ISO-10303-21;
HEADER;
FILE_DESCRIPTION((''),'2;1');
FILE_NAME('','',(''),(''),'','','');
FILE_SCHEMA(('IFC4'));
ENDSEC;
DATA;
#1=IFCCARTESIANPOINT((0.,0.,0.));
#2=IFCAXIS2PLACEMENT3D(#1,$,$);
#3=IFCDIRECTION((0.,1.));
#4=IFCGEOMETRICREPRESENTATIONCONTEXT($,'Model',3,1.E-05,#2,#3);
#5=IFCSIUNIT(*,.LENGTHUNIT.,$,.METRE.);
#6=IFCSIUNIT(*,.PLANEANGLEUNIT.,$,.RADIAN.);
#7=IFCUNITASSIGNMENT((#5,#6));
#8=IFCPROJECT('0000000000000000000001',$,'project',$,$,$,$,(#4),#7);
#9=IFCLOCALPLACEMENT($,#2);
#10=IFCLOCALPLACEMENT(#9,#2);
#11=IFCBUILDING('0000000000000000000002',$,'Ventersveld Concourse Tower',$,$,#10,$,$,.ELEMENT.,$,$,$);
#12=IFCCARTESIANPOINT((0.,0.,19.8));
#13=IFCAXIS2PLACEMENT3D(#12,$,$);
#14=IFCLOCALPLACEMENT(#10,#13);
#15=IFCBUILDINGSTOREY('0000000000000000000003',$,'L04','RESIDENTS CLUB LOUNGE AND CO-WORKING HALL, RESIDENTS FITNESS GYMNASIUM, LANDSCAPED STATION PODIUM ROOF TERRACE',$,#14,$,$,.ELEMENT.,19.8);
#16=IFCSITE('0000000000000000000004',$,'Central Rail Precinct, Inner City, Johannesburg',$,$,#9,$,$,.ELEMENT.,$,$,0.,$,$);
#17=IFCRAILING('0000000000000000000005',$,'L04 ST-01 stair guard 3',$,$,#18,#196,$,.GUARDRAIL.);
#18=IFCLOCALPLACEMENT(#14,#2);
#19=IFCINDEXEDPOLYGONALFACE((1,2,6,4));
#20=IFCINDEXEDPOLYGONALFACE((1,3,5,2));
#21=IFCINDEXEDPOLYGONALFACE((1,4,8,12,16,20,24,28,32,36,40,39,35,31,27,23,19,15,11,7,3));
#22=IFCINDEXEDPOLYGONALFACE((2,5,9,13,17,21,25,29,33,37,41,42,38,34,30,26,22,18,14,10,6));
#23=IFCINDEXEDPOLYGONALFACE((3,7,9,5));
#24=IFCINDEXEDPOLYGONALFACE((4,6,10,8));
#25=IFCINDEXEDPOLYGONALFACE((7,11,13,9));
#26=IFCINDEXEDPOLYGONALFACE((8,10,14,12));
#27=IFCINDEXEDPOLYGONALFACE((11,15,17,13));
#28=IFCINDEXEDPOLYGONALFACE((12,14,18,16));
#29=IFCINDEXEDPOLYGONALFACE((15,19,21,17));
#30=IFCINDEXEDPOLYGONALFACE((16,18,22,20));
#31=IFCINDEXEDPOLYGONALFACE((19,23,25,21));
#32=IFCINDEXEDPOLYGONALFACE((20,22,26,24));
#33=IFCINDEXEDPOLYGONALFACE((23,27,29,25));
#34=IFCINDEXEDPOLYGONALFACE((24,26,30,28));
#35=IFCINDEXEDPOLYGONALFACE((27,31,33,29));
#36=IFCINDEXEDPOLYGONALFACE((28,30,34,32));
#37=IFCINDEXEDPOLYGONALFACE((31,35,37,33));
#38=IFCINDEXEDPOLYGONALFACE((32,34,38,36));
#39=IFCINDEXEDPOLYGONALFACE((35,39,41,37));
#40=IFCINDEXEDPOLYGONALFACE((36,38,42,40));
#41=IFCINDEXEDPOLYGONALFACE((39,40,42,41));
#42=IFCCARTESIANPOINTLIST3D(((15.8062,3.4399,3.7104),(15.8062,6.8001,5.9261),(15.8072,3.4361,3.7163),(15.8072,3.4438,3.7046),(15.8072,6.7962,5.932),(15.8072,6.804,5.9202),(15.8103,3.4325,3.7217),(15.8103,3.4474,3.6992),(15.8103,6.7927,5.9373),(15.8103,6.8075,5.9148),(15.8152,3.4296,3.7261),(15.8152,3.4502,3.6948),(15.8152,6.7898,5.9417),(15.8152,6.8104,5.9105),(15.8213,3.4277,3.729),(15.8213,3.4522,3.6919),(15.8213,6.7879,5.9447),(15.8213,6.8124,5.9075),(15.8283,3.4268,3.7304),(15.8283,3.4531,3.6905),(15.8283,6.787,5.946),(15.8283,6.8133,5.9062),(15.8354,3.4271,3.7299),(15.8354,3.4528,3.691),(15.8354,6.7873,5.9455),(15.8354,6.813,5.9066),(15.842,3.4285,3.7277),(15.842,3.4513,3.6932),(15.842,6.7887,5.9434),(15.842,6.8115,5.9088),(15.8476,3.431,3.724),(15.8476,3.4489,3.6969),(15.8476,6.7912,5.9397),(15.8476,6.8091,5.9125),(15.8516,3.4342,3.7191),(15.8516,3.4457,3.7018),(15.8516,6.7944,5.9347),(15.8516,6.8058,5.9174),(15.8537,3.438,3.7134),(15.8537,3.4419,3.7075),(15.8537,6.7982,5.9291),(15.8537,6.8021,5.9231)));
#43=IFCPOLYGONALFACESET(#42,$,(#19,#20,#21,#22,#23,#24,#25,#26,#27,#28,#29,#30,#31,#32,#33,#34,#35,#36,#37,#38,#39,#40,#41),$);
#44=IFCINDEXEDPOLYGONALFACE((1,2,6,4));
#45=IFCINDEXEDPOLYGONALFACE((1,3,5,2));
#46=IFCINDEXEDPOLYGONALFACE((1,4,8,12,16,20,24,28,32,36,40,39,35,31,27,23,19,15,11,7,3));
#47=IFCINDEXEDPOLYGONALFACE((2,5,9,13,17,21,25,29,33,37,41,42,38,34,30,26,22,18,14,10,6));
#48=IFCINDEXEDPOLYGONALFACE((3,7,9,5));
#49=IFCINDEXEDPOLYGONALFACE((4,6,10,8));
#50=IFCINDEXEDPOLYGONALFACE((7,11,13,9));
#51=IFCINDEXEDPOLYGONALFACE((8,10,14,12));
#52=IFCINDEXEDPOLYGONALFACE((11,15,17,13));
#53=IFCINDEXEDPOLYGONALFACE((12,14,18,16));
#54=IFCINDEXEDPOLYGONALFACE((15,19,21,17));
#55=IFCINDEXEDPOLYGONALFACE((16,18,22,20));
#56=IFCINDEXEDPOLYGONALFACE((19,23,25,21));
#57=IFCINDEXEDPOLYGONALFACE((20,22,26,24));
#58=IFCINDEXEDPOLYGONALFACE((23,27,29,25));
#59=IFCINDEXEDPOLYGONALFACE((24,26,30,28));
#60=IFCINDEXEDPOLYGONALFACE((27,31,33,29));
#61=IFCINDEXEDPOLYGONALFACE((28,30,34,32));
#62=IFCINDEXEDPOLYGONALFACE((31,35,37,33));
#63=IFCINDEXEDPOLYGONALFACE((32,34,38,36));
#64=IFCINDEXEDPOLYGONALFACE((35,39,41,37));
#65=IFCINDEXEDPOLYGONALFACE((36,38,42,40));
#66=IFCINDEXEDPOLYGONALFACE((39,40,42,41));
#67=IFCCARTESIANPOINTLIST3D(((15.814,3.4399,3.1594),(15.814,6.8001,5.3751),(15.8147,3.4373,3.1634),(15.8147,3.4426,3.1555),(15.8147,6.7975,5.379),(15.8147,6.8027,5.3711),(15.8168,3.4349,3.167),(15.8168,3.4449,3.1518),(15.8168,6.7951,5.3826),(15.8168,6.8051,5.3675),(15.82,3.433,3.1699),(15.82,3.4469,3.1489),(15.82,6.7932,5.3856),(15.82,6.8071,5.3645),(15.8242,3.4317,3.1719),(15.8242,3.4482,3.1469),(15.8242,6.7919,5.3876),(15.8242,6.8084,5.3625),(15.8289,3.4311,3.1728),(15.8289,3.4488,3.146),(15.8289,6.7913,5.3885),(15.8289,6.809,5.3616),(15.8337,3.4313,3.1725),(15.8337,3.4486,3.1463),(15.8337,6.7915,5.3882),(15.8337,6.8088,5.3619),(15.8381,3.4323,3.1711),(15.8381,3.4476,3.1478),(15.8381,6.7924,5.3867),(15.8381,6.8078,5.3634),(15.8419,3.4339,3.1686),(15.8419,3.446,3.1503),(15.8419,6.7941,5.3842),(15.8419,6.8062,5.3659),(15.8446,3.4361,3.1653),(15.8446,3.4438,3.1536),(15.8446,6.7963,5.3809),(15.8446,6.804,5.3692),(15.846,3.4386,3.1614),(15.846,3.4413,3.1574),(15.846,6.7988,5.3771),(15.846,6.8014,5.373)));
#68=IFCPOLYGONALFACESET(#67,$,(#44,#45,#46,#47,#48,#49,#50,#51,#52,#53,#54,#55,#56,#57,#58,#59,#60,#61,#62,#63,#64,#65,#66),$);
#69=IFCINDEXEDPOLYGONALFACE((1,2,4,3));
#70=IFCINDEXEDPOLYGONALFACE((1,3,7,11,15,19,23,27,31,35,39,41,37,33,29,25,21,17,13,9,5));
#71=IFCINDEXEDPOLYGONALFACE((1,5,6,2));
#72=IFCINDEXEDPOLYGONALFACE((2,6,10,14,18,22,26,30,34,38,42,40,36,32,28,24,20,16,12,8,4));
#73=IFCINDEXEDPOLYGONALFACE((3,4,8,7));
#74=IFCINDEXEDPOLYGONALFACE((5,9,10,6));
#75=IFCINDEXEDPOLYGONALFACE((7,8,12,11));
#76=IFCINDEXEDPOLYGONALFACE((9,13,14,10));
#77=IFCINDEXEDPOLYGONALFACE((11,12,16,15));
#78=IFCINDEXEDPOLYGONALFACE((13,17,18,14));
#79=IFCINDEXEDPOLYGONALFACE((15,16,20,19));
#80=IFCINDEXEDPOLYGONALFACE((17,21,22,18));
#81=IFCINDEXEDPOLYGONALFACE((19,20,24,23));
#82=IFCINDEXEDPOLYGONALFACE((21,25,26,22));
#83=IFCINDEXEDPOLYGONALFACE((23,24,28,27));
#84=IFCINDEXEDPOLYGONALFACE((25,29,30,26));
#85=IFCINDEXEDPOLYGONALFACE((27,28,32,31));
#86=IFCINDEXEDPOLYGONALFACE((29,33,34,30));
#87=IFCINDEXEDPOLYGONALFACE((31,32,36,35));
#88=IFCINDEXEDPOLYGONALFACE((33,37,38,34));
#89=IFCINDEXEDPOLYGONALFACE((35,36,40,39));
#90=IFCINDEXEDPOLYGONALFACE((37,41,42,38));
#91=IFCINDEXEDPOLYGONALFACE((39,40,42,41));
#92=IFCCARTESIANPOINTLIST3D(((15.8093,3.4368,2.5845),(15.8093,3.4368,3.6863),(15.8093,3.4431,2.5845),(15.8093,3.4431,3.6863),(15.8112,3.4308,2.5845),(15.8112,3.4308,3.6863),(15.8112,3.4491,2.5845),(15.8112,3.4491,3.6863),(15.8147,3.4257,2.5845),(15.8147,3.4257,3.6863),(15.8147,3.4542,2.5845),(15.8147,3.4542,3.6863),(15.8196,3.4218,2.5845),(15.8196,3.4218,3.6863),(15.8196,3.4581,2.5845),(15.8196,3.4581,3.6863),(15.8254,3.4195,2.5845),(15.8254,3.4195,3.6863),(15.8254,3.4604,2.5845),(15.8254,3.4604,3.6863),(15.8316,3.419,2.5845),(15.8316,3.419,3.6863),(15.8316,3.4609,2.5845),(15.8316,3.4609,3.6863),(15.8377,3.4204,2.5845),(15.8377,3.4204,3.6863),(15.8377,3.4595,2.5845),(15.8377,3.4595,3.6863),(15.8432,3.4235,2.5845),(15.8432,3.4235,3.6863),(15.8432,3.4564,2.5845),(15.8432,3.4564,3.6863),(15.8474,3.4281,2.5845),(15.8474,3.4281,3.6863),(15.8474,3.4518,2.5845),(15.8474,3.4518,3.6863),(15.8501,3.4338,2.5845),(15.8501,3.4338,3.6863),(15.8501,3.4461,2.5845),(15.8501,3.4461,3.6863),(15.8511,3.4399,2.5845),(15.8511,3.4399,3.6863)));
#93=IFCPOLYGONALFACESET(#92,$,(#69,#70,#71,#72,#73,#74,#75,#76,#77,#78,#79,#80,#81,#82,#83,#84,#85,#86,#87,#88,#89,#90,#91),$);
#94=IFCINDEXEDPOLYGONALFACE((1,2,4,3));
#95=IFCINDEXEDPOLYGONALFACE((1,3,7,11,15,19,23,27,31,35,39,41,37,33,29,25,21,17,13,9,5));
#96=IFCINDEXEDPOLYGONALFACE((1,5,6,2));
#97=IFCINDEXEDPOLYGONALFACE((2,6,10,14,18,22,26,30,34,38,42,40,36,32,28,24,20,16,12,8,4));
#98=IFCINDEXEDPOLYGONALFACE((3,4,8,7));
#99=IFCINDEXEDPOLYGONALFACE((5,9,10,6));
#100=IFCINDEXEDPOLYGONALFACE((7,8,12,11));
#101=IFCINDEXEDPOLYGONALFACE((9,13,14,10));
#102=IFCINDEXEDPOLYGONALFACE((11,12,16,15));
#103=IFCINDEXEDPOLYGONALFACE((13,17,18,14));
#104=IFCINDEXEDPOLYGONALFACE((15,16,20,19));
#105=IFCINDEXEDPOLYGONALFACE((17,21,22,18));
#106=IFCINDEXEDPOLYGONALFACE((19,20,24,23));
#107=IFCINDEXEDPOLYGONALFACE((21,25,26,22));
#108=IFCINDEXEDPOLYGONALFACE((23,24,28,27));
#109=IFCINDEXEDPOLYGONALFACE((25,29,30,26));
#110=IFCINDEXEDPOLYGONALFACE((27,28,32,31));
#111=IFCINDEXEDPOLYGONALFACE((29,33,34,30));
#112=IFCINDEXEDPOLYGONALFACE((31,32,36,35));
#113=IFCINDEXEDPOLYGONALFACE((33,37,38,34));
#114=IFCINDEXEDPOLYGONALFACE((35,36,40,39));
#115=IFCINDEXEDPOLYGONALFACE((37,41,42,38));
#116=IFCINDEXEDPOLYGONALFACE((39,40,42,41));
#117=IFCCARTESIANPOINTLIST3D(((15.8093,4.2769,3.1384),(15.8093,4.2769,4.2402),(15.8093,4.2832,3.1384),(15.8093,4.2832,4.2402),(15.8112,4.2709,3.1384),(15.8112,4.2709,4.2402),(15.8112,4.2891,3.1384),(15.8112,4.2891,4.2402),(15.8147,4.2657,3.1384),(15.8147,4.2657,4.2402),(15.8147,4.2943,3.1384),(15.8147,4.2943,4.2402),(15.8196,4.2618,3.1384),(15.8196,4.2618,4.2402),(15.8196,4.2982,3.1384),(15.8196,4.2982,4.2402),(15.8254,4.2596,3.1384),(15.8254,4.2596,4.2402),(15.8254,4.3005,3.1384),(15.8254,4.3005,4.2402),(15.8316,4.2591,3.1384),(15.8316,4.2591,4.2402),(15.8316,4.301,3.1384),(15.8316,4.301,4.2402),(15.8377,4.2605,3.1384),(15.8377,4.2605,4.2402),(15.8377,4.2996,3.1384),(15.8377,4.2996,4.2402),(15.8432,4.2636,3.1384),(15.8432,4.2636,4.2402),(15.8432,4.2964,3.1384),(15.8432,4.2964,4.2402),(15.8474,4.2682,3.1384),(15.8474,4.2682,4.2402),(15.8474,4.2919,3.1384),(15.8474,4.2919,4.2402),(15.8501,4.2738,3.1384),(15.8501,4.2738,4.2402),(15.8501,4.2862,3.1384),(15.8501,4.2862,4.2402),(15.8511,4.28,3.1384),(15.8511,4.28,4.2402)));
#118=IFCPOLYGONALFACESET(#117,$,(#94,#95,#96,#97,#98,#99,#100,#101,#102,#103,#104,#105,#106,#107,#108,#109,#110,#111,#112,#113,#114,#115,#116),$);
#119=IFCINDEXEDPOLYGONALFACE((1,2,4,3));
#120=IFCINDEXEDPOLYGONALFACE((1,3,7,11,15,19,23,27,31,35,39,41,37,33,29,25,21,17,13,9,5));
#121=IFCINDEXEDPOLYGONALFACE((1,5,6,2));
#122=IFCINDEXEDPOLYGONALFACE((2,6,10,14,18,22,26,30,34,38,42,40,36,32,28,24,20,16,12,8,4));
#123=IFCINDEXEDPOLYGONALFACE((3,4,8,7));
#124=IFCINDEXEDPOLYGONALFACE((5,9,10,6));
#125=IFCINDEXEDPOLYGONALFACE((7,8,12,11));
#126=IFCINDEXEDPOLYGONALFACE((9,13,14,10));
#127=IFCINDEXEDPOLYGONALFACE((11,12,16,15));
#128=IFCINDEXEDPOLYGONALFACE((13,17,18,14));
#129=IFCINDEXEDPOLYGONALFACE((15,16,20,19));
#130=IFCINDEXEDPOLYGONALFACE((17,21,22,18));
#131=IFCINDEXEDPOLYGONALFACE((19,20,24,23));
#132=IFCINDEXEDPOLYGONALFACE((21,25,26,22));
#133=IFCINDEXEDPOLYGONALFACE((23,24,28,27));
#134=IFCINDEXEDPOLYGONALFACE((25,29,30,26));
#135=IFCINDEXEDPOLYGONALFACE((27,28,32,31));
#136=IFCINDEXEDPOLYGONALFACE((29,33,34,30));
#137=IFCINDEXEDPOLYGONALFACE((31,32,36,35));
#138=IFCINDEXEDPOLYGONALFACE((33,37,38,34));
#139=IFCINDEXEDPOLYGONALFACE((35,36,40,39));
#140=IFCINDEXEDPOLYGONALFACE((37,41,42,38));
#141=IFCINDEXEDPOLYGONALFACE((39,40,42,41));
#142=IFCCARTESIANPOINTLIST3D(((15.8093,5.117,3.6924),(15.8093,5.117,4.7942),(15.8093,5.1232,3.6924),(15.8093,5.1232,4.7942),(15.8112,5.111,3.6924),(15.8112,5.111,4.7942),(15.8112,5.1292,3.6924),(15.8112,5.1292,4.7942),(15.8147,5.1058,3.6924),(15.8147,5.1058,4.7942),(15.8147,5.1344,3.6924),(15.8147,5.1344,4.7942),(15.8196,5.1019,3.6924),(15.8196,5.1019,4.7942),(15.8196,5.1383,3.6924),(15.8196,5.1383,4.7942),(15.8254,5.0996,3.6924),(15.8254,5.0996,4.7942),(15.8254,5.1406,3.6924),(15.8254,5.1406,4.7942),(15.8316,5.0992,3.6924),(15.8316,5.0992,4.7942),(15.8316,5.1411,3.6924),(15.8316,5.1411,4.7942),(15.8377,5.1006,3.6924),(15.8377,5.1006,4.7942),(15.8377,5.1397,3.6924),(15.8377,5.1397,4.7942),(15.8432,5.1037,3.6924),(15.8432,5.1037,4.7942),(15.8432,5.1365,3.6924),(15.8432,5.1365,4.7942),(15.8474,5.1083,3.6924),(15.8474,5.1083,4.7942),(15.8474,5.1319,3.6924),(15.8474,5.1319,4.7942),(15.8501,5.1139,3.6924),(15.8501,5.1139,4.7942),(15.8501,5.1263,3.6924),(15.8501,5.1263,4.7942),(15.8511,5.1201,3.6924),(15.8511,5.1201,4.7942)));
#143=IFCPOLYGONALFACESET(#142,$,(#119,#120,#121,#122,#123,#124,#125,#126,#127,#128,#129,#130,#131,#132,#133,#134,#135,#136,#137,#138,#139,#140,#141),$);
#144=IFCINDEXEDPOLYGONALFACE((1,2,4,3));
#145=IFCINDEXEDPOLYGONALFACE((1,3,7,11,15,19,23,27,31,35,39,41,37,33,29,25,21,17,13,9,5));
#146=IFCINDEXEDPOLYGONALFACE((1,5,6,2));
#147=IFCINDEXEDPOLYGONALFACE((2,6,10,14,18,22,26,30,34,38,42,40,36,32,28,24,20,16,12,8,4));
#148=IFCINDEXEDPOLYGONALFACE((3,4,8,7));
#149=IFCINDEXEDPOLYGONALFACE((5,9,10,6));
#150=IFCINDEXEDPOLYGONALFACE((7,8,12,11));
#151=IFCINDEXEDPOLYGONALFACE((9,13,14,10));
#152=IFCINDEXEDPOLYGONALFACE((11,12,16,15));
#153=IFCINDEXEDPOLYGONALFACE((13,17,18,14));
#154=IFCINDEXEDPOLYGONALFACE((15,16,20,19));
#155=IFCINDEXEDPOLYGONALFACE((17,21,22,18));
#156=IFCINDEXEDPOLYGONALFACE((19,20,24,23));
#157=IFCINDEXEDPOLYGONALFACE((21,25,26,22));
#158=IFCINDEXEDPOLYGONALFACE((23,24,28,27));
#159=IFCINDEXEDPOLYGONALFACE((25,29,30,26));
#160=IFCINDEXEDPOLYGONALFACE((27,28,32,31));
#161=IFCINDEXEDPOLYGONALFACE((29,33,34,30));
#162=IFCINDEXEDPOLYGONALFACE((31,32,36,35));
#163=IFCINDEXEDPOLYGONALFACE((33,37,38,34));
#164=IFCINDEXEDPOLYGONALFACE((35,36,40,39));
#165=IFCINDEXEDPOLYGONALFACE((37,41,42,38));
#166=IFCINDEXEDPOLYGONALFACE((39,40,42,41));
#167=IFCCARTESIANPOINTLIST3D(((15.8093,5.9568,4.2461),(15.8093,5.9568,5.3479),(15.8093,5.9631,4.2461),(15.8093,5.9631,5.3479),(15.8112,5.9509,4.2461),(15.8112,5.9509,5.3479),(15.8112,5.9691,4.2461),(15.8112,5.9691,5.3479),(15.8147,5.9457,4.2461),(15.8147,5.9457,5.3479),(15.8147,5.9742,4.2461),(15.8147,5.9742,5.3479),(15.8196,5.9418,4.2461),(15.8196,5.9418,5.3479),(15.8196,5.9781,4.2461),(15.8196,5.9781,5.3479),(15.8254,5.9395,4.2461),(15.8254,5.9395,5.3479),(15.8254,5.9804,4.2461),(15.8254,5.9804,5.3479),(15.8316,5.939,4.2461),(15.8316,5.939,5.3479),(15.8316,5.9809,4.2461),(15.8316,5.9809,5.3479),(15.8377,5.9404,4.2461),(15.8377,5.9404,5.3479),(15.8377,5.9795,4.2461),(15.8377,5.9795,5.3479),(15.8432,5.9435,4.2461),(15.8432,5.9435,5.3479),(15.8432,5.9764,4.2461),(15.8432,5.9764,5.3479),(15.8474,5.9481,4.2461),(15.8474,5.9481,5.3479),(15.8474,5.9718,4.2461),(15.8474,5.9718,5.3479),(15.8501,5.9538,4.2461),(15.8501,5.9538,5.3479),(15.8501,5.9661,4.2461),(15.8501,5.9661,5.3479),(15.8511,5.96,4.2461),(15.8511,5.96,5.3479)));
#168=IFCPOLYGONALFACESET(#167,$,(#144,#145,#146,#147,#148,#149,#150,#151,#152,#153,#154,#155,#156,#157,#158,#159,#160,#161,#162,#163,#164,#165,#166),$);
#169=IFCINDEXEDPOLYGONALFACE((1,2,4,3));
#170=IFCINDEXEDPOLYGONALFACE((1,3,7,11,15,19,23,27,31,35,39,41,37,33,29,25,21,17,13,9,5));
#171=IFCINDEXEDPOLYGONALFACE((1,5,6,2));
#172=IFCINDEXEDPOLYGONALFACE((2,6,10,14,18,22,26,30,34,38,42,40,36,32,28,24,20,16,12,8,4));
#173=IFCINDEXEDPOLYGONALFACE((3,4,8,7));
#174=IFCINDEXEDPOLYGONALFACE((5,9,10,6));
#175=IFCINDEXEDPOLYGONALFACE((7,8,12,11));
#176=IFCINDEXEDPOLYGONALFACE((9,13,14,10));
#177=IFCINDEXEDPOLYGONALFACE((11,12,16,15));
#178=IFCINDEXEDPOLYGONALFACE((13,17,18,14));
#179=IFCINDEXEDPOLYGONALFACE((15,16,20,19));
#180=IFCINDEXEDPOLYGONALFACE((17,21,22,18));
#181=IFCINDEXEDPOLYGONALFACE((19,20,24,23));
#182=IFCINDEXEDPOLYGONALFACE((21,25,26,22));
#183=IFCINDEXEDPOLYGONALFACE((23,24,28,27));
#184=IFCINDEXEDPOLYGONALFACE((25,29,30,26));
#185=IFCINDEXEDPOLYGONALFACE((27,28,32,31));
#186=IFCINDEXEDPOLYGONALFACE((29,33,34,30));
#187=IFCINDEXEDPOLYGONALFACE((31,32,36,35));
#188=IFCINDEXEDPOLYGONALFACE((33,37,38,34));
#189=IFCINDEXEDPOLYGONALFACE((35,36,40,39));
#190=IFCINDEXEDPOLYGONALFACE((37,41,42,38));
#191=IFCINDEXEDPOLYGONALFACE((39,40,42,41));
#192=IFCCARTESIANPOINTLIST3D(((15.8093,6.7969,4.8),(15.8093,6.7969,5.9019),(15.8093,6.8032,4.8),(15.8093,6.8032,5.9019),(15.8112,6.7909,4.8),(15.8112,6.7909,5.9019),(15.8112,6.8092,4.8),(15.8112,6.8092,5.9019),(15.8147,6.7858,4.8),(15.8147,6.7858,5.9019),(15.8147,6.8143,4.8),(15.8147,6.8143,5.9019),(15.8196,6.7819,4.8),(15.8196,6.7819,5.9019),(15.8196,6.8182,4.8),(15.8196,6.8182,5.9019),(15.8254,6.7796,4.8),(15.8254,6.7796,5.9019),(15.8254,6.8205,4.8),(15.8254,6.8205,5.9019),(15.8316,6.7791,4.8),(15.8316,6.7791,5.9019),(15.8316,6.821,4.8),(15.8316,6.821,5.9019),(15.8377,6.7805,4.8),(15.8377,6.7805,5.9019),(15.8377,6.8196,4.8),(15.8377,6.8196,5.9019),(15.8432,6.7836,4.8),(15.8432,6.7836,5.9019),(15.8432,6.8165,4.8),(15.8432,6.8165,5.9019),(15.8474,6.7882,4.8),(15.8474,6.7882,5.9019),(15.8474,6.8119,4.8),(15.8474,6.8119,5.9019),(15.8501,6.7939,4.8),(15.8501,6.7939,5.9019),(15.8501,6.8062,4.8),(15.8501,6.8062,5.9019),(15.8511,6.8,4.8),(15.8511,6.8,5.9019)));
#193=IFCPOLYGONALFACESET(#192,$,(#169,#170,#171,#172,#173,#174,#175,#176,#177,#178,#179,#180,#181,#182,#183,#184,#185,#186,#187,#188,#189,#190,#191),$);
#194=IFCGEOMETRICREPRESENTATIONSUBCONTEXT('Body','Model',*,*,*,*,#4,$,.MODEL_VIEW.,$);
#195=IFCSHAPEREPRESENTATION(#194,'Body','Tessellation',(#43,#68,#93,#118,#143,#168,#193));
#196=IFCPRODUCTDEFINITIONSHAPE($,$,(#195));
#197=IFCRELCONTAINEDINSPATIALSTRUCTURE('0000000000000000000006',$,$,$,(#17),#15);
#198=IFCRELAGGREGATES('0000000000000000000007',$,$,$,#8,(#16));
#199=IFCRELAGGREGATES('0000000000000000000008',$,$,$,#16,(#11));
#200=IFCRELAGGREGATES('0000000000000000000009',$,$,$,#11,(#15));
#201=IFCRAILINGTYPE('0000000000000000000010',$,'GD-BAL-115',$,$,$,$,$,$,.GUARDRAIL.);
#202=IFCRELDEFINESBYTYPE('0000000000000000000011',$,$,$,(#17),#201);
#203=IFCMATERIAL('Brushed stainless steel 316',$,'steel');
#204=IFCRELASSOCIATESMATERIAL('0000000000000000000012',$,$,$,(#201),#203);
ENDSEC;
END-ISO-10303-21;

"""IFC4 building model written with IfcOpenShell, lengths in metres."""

from ifc_helpers import new_model, si_unit, direction, frame, origin, origin_2d, place, context, subcontext, project, spatial, circle, extrude, material, type_object, element, save


model = new_model("IFC4")

# Units and contexts
model_context = context("Model", 3, precision=1e-05, world=origin(), true_north=direction((0.0, 1.0)))
body_context = subcontext(model_context, "Body", "Model", "MODEL_VIEW")
ifc_project = project(units=[si_unit("LENGTHUNIT", "METRE"), si_unit("PLANEANGLEUNIT", "RADIAN")], contexts=[model_context])

# Site, building, storey
site_placement = place(None, origin())
site = spatial("IfcSite", under=ifc_project, at=site_placement, Name="Central Rail Precinct, Inner City, Johannesburg", CompositionType="ELEMENT", RefElevation=0.0)
building_placement = place(site_placement, origin())
building = spatial("IfcBuilding", under=site, at=building_placement, Name="Ventersveld Concourse Tower", CompositionType="ELEMENT")
storey_placement = place(building_placement, frame((0.0, 0.0, 19.8)))
storey = spatial("IfcBuildingStorey", under=building, at=storey_placement, Name="L04", Description="RESIDENTS CLUB LOUNGE AND CO-WORKING HALL, RESIDENTS FITNESS GYMNASIUM, LANDSCAPED STATION PODIUM ROOF TERRACE", CompositionType="ELEMENT", Elevation=19.8)

# Shared definitions
ifc_material_1 = material(Name="Brushed stainless steel 316", Category="steel")

# Railing
railing_type_1 = type_object("IfcRailingType", Name="GD-BAL-115", PredefinedType="GUARDRAIL", material=ifc_material_1)
railing_1_placement = place(storey_placement, frame((15.8301, 3.4399, 2.5845)))
element("IfcRailing", 1, at=railing_1_placement, inside=storey, type_object=railing_type_1, Name="L04 ST-01 stair guard 3", PredefinedType="GUARDRAIL", context=body_context, shape_type="SweptSolid", body=[
    extrude(circle(Radius=0.0239, at=origin_2d()), frame((0.0, 0.0, 1.126), z_axis=(0.0, 0.834849, 0.55048), x_axis=(-1.0, 0.0, 0.0)), (0.0, 0.0, 1.0), 4.0249),
    extrude(circle(Radius=0.0161, at=origin_2d()), frame((0.0, 0.0, 0.575), z_axis=(0.0, 0.834849, 0.55048), x_axis=(-1.0, 0.0, 0.0)), (0.0, 0.0, 1.0), 4.0249),
    extrude(circle(Radius=0.021, at=origin_2d()), origin(), (0.0, 0.0, 1.0), 1.1018),
    extrude(circle(Radius=0.021, at=origin_2d()), frame((0.0, 0.8401, 0.554)), (0.0, 0.0, 1.0), 1.1018),
    extrude(circle(Radius=0.021, at=origin_2d()), frame((0.0, 1.6802, 1.1079)), (0.0, 0.0, 1.0), 1.1018),
    extrude(circle(Radius=0.021, at=origin_2d()), frame((0.0, 2.52, 1.6616)), (0.0, 0.0, 1.0), 1.1018),
    extrude(circle(Radius=0.021, at=origin_2d()), frame((0.0, 3.3601, 2.2156)), (0.0, 0.0, 1.0), 1.1018),
])

save(model, "model.ifc")
